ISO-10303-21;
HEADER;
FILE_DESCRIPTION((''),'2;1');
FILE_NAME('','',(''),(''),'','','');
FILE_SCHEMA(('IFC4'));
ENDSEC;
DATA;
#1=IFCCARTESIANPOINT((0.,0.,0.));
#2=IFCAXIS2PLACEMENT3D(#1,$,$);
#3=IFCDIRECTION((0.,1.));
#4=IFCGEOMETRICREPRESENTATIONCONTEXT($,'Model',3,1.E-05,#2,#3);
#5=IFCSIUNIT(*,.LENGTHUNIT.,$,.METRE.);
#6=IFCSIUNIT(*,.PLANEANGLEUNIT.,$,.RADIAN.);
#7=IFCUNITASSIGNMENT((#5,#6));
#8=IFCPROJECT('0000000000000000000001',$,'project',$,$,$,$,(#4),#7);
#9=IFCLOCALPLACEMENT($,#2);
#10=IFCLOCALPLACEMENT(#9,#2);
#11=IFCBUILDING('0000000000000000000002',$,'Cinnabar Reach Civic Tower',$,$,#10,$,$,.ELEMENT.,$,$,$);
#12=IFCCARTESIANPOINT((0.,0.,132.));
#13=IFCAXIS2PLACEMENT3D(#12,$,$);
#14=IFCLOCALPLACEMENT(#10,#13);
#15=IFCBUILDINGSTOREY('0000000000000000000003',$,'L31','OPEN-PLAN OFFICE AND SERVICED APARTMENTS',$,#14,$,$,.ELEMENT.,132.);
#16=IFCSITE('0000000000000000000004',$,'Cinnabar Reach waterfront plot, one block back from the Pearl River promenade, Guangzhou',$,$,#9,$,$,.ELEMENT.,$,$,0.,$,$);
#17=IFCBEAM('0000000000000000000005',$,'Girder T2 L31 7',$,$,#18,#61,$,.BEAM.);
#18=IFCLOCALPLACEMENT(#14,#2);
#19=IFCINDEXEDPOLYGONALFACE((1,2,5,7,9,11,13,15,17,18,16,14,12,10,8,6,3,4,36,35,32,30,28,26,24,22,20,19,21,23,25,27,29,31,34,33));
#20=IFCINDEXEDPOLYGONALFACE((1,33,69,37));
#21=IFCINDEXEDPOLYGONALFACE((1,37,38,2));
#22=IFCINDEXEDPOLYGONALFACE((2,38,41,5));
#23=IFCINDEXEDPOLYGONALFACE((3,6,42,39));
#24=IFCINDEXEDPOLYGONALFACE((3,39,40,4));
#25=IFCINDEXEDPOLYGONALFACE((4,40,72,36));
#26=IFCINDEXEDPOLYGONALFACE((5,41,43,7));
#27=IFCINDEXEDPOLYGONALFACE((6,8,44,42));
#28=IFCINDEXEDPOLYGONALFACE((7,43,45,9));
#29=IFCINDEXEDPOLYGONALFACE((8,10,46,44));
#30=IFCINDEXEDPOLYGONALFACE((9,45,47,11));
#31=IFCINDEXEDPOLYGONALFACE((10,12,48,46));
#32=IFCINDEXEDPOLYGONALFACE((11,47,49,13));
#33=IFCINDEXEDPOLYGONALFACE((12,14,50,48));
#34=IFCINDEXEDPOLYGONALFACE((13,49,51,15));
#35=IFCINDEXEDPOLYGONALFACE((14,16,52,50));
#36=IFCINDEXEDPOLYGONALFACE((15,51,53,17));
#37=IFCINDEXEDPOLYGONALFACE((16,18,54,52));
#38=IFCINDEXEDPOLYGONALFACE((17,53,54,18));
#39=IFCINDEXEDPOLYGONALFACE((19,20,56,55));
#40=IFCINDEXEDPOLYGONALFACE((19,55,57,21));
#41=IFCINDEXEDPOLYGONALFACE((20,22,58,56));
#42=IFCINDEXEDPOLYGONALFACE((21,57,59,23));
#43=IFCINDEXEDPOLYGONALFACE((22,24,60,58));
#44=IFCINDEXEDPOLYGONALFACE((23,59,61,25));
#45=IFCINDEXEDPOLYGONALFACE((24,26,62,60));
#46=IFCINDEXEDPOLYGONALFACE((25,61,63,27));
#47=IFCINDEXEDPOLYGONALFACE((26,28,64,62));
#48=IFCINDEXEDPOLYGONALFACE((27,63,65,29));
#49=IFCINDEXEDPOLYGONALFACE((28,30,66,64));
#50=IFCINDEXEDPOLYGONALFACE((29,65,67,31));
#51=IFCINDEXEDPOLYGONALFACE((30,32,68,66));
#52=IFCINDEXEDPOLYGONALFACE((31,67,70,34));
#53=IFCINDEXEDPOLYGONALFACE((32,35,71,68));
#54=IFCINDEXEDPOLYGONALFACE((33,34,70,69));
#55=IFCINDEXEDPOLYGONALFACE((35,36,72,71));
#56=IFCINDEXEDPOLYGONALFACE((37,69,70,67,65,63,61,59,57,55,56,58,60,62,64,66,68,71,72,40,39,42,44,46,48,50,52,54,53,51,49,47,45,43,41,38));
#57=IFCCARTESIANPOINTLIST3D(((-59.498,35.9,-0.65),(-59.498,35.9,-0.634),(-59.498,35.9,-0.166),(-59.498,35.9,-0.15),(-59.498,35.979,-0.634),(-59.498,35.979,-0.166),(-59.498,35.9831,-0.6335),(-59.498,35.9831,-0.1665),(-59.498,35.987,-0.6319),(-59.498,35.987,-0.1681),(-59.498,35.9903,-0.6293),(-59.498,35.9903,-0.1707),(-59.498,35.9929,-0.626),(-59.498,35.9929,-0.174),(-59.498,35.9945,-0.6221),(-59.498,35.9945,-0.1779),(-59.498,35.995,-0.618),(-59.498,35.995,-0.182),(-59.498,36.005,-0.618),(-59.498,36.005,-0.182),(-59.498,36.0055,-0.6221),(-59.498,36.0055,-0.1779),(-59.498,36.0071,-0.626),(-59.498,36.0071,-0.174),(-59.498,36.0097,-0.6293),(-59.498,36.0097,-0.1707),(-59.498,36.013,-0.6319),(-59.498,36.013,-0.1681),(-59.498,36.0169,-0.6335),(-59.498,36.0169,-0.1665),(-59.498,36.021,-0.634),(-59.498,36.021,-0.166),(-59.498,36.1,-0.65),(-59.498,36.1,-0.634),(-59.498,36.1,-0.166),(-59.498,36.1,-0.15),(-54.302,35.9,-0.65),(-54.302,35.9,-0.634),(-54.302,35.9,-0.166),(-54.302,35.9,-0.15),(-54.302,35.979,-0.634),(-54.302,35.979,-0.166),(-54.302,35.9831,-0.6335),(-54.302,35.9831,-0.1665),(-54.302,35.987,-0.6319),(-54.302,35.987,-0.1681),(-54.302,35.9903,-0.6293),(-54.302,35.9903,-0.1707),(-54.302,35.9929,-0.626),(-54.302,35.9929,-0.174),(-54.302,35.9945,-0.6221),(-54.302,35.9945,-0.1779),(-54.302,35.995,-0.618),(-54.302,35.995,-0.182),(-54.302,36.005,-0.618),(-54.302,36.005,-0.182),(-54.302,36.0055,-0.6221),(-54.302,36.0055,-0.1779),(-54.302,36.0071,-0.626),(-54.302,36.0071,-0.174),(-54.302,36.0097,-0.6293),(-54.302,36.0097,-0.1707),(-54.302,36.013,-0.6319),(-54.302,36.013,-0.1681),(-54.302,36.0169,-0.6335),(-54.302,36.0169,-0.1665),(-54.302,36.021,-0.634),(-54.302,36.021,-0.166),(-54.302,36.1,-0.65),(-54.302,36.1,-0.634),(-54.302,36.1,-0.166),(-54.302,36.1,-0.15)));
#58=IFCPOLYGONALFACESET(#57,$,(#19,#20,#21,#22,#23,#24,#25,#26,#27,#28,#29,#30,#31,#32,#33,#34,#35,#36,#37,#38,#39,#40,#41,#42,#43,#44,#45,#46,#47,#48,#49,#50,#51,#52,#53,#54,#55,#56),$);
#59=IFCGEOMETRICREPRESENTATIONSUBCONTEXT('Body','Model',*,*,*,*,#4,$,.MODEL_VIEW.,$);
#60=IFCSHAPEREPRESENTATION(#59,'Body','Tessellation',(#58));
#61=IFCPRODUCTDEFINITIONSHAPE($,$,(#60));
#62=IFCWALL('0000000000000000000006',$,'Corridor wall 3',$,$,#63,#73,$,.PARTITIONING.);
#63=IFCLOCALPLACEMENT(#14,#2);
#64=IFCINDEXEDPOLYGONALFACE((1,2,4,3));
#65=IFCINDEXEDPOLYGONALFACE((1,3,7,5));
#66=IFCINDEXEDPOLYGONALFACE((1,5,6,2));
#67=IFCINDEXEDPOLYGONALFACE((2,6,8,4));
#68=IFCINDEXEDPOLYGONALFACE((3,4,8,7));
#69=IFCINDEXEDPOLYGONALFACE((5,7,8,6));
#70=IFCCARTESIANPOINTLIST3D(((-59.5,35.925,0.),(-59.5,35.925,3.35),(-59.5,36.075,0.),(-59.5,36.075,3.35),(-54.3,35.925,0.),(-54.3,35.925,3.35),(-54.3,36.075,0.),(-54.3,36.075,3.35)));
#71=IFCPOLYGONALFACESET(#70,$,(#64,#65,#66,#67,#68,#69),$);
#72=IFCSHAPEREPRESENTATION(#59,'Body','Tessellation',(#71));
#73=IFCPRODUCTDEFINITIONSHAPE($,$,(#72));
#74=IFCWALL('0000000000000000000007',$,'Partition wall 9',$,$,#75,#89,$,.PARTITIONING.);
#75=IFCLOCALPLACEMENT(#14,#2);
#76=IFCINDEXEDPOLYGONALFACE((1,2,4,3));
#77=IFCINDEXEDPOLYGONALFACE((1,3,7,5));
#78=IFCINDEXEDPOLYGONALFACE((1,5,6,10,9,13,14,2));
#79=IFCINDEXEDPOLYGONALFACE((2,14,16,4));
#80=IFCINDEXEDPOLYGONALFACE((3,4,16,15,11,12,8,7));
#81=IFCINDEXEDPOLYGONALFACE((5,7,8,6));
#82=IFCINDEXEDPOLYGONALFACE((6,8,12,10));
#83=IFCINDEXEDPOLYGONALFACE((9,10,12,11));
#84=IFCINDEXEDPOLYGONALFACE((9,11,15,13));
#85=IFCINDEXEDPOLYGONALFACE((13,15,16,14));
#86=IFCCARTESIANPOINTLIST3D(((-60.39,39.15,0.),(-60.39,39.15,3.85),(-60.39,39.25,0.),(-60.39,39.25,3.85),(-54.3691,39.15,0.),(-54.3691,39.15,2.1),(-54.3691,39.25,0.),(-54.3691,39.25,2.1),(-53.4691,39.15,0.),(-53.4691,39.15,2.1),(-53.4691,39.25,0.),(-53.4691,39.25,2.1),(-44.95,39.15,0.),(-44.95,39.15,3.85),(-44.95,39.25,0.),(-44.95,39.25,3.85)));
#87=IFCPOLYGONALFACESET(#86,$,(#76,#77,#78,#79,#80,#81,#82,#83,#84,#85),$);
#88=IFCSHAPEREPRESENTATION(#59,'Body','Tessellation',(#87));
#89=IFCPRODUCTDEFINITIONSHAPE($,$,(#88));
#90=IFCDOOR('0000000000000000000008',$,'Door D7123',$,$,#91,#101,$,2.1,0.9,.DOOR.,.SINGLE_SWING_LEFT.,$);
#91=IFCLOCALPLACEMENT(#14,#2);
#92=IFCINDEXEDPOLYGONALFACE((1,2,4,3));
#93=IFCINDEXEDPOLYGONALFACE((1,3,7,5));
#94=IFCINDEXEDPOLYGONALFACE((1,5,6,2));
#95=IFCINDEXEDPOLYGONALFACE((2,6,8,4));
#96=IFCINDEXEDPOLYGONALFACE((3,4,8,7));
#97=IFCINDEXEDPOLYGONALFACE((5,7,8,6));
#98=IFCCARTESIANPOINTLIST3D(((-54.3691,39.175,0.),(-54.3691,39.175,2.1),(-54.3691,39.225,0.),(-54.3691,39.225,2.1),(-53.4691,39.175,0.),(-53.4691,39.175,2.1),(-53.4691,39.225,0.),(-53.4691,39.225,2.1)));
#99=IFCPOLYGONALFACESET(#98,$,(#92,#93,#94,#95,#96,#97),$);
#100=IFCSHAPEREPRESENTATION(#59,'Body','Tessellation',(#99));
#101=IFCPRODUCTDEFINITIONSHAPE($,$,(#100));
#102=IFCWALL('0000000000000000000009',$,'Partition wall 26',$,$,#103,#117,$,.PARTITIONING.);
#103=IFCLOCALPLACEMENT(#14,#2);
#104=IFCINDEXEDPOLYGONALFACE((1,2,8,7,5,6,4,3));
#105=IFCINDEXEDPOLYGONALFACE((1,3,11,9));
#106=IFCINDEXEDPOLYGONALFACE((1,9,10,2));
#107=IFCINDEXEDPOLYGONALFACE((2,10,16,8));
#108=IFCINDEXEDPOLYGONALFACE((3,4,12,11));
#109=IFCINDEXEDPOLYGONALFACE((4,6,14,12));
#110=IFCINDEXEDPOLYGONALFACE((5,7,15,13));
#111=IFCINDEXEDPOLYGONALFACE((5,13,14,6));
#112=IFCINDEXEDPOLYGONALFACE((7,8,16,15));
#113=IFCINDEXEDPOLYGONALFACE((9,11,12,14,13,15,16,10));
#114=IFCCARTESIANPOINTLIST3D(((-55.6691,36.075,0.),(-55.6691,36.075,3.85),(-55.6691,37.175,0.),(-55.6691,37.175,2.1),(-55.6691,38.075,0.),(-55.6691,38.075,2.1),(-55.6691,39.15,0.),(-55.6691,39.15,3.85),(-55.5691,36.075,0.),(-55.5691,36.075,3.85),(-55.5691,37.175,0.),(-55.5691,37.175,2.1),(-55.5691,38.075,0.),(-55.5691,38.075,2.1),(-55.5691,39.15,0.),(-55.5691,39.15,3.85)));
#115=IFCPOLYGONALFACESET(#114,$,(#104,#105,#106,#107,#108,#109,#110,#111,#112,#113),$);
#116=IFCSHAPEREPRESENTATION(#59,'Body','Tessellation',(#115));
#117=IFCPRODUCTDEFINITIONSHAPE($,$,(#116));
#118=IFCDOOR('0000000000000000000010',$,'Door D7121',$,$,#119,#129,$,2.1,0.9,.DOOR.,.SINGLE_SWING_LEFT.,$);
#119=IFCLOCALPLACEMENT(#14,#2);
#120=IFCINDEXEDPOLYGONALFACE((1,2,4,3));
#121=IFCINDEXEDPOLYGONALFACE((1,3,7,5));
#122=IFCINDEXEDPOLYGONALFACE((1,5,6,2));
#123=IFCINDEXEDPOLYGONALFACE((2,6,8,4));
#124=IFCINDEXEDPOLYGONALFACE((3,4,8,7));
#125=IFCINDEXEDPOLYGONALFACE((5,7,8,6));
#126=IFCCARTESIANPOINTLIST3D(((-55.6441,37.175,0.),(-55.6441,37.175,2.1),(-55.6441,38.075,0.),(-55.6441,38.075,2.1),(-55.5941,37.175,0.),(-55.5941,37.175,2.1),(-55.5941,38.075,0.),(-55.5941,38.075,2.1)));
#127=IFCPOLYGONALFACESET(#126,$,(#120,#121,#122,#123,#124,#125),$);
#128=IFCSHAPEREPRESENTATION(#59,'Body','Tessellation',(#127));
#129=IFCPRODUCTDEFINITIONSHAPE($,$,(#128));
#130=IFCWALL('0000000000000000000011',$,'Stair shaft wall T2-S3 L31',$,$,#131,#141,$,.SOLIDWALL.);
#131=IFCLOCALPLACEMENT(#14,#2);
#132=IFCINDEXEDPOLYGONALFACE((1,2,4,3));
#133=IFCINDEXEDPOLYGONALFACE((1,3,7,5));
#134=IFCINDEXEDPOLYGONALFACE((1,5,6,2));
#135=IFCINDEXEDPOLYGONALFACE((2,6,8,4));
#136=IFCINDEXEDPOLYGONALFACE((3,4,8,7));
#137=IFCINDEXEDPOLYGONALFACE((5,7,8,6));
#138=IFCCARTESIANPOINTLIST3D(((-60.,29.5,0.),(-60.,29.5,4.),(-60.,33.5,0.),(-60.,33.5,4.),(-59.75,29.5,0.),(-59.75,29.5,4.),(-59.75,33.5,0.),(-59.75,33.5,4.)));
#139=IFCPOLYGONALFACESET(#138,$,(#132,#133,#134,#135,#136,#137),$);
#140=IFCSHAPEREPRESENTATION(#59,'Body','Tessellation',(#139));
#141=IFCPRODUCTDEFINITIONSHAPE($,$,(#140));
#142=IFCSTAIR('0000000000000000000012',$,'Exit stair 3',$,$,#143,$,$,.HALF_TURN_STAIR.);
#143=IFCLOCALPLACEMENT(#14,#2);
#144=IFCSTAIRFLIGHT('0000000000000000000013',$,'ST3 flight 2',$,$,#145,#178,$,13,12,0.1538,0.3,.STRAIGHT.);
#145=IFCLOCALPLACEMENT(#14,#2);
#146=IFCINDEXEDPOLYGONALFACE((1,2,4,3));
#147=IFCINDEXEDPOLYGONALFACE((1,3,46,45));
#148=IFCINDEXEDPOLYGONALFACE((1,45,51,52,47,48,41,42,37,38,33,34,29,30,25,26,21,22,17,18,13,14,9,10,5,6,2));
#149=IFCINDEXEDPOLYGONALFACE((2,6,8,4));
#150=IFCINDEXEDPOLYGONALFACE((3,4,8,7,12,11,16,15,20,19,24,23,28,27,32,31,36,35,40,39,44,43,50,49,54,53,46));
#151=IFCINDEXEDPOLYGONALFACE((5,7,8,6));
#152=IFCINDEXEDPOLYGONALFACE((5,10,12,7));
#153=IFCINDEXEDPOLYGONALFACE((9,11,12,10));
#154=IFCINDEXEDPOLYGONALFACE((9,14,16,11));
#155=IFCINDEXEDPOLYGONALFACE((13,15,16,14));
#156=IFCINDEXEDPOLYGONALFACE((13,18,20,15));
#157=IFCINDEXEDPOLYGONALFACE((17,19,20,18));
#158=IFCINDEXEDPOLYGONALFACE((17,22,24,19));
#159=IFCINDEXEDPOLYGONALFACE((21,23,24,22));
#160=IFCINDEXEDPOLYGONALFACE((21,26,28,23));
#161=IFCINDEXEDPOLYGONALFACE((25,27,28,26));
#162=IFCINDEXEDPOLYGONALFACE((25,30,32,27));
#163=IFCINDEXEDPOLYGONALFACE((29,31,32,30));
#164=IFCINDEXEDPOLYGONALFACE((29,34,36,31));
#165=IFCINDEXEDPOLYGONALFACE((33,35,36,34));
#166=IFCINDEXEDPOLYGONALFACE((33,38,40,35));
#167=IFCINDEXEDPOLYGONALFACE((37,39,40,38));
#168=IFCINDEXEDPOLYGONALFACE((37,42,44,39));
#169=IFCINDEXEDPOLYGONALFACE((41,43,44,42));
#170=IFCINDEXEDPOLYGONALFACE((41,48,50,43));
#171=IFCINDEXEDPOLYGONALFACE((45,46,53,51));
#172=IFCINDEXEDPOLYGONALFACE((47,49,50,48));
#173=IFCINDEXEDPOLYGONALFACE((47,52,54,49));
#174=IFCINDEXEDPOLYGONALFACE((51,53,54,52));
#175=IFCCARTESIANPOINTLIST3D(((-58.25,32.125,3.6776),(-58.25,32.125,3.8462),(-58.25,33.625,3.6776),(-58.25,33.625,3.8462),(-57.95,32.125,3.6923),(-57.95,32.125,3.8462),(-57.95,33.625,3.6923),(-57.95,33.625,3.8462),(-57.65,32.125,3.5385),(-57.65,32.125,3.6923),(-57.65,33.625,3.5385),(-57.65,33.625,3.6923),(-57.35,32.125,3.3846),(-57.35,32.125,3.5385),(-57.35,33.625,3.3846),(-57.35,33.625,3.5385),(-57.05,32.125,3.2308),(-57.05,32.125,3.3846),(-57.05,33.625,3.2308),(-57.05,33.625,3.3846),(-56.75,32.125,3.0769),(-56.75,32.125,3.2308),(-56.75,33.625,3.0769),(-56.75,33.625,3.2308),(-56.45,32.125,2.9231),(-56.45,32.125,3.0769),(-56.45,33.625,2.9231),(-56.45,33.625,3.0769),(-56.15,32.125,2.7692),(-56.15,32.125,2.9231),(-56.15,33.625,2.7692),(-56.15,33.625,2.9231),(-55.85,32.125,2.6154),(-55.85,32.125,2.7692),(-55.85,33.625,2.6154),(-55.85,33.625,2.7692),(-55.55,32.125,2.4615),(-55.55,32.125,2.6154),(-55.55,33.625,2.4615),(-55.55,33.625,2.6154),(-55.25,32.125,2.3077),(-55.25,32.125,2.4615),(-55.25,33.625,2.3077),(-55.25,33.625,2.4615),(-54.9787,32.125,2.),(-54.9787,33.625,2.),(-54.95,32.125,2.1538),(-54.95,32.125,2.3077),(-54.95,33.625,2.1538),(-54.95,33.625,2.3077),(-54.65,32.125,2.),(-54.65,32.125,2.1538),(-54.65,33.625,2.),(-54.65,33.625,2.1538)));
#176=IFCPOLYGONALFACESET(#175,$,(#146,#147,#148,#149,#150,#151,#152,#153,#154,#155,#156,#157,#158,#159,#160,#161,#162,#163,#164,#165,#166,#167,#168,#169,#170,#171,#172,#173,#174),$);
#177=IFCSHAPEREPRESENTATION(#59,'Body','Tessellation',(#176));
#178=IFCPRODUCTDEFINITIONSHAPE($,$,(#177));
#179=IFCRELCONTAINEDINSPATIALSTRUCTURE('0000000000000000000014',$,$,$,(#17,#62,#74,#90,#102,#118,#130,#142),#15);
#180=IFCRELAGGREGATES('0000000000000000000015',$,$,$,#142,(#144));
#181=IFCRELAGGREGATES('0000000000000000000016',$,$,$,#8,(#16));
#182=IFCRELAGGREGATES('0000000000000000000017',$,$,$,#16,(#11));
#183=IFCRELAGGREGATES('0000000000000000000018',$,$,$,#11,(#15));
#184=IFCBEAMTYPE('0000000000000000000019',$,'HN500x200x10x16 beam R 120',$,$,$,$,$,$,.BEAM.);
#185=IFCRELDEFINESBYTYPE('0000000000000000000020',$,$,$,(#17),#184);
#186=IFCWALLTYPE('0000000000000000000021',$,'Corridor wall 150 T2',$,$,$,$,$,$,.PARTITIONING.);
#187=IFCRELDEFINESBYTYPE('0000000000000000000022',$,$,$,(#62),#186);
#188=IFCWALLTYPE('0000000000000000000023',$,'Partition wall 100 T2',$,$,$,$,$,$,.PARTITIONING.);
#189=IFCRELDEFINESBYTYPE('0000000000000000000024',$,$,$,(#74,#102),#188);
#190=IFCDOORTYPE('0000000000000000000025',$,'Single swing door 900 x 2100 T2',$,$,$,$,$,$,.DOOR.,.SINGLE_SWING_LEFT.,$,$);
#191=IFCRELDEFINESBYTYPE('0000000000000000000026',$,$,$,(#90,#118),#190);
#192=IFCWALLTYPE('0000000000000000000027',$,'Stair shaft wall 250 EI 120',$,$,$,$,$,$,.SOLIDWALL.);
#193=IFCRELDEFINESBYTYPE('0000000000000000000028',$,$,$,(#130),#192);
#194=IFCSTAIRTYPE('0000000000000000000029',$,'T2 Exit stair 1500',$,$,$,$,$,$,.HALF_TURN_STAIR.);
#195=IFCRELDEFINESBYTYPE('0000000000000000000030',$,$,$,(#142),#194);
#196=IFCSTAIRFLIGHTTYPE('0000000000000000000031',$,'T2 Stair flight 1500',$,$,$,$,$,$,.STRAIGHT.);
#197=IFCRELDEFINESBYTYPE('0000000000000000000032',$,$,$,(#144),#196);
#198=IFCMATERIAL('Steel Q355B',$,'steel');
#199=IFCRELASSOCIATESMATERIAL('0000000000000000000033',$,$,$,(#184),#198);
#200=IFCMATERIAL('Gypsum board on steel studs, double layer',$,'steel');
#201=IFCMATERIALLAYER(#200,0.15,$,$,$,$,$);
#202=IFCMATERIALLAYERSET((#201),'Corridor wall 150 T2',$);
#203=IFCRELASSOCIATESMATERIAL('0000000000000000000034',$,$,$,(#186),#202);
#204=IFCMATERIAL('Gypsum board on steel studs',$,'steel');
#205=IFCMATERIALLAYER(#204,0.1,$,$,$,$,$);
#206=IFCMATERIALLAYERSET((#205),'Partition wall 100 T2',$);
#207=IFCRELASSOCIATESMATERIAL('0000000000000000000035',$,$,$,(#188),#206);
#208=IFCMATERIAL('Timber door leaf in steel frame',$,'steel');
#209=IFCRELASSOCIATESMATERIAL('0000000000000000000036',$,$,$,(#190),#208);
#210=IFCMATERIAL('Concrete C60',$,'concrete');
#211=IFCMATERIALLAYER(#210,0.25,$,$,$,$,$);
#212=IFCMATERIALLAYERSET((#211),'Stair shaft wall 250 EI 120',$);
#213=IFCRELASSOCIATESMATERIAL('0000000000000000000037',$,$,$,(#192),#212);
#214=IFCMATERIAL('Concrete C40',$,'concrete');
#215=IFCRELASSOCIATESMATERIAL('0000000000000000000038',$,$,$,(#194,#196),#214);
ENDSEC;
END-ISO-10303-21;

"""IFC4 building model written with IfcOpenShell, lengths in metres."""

from ifc_helpers import new_model, si_unit, direction, frame, frame_2d, origin, origin_2d, place, context, subcontext, project, spatial, polyline, rectangle, i_section, outline, extrude, material, layer, layer_set, material_profile, profile_set, type_object, element, fill, aggregate, save


model = new_model("IFC4")

# Units and contexts
model_context = context("Model", 3, precision=1e-05, world=origin(), true_north=direction((0.0, 1.0)))
body_context = subcontext(model_context, "Body", "Model", "MODEL_VIEW")
ifc_project = project(units=[si_unit("LENGTHUNIT", "METRE"), si_unit("PLANEANGLEUNIT", "RADIAN")], contexts=[model_context])

# Site, building, storey
site_placement = place(None, origin())
site = spatial("IfcSite", under=ifc_project, at=site_placement, Name="Cinnabar Reach waterfront plot, one block back from the Pearl River promenade, Guangzhou", CompositionType="ELEMENT", RefElevation=0.0)
building_placement = place(site_placement, origin())
building = spatial("IfcBuilding", under=site, at=building_placement, Name="Cinnabar Reach Civic Tower", CompositionType="ELEMENT")
storey_placement = place(building_placement, frame((0.0, 0.0, 132.0)))
storey = spatial("IfcBuildingStorey", under=building, at=storey_placement, Name="L31", Description="OPEN-PLAN OFFICE AND SERVICED APARTMENTS", CompositionType="ELEMENT", Elevation=132.0)

# Shared definitions
ifc_material_1 = material(Name="Concrete C60", Category="concrete")

# Beam
ifc_material_2 = material(Name="Steel Q355B", Category="steel")
ifc_material_profile_1 = material_profile(ifc_material_2, i_section(OverallWidth=0.2, OverallDepth=0.5, WebThickness=0.01, FlangeThickness=0.016, FilletRadius=0.016, at=origin_2d()), Name="HN500x200x10x16")
ifc_profile_set_1 = profile_set([ifc_material_profile_1], Name="Steel Q355B")
beam_type_1 = type_object("IfcBeamType", Name="HN500x200x10x16 beam R 120", PredefinedType="BEAM", material=ifc_profile_set_1)
beam_1_placement = place(storey_placement, frame((-59.498, 36.0, -0.4), z_axis=(1.0, 0.0, 0.0), x_axis=(0.0, 1.0, 0.0)))
element("IfcBeam", 1, at=beam_1_placement, inside=storey, type_object=beam_type_1, Name="Girder T2 L31 7", PredefinedType="BEAM", context=body_context, shape_type="SweptSolid", body=[
    extrude(i_section(OverallWidth=0.2, OverallDepth=0.5, WebThickness=0.01, FlangeThickness=0.016, FilletRadius=0.016, at=origin_2d()), origin(), (0.0, 0.0, 1.0), 5.196),
])

# Wall
ifc_material_3 = material(Name="Gypsum board on steel studs, double layer", Category="steel")
ifc_layer_1 = layer(ifc_material_3, 0.15)
ifc_layer_set_1 = layer_set([ifc_layer_1], Name="Corridor wall 150 T2")
wall_type_1 = type_object("IfcWallType", Name="Corridor wall 150 T2", PredefinedType="PARTITIONING", material=ifc_layer_set_1)
wall_1_placement = place(storey_placement, frame((-59.5, 36.0, 0.0), z_axis=(0.0, 0.0, 1.0), x_axis=(1.0, 0.0, 0.0)))
element("IfcWall", 2, at=wall_1_placement, inside=storey, type_object=wall_type_1, Name="Corridor wall 3", PredefinedType="PARTITIONING", context=body_context, shape_type="SweptSolid", body=[
    extrude(rectangle(XDim=5.2, YDim=0.15, at=frame_2d((2.6, 0.0))), origin(), (0.0, 0.0, 1.0), 3.35),
])

# Walls, openings, doors
ifc_material_4 = material(Name="Gypsum board on steel studs", Category="steel")
ifc_layer_2 = layer(ifc_material_4, 0.1)
ifc_layer_set_2 = layer_set([ifc_layer_2], Name="Partition wall 100 T2")
wall_type_2 = type_object("IfcWallType", Name="Partition wall 100 T2", PredefinedType="PARTITIONING", material=ifc_layer_set_2)
wall_2_placement = place(storey_placement, frame((-60.39, 39.2, 0.0), z_axis=(0.0, 0.0, 1.0), x_axis=(1.0, 0.0, 0.0)))
wall_2 = element("IfcWall", 3, at=wall_2_placement, inside=storey, type_object=wall_type_2, Name="Partition wall 9", PredefinedType="PARTITIONING", context=body_context, shape_type="SweptSolid", body=[
    extrude(rectangle(XDim=15.44, YDim=0.1, at=frame_2d((7.72, 0.0))), origin(), (0.0, 0.0, 1.0), 3.85),
])
opening_1_placement = place(wall_2_placement, frame((6.0209, 0.0, 0.0)))
opening_1 = element("IfcOpeningElement", 4, at=opening_1_placement, cuts=wall_2, PredefinedType="OPENING", context=body_context, shape_type="SweptSolid", body=[
    extrude(rectangle(XDim=0.9, YDim=2.1, at=frame_2d((0.45, 1.05))), frame((0.0, 0.06, 0.0), z_axis=(0.0, -1.0, 0.0), x_axis=(1.0, 0.0, 0.0)), (0.0, 0.0, 1.0), 0.12),
])
ifc_material_5 = material(Name="Timber door leaf in steel frame", Category="steel")
door_type = type_object("IfcDoorType", Name="Single swing door 900 x 2100 T2", OperationType="SINGLE_SWING_LEFT", PredefinedType="DOOR", material=ifc_material_5)
door_1_placement = place(opening_1_placement, frame((0.9, 0.0, 0.0), z_axis=(0.0, 0.0, 1.0), x_axis=(-1.0, 0.0, 0.0)))
door_1 = element("IfcDoor", 5, at=door_1_placement, inside=storey, type_object=door_type, Name="Door D7123", OperationType="SINGLE_SWING_LEFT", OverallHeight=2.1, OverallWidth=0.9, PredefinedType="DOOR", context=body_context, shape_type="SweptSolid", body=[
    extrude(rectangle(XDim=0.9, YDim=2.1, at=frame_2d((0.45, 1.05))), frame((0.0, 0.025, 0.0), z_axis=(0.0, -1.0, 0.0), x_axis=(1.0, 0.0, 0.0)), (0.0, 0.0, 1.0), 0.05),
])
fill(opening_1, door_1)
wall_3_placement = place(storey_placement, frame((-55.6191, 36.075, 0.0), z_axis=(0.0, 0.0, 1.0), x_axis=(0.0, 1.0, 0.0)))
wall_3 = element("IfcWall", 6, at=wall_3_placement, inside=storey, type_object=wall_type_2, Name="Partition wall 26", PredefinedType="PARTITIONING", context=body_context, shape_type="SweptSolid", body=[
    extrude(rectangle(XDim=3.075, YDim=0.1, at=frame_2d((1.5375, 0.0))), origin(), (0.0, 0.0, 1.0), 3.85),
])
opening_2_placement = place(wall_3_placement, frame((1.1, 0.0, 0.0)))
opening_2 = element("IfcOpeningElement", 7, at=opening_2_placement, cuts=wall_3, PredefinedType="OPENING", context=body_context, shape_type="SweptSolid", body=[
    extrude(rectangle(XDim=0.9, YDim=2.1, at=frame_2d((0.45, 1.05))), frame((0.0, 0.06, 0.0), z_axis=(0.0, -1.0, 0.0), x_axis=(1.0, 0.0, 0.0)), (0.0, 0.0, 1.0), 0.12),
])
door_2_placement = place(opening_2_placement, origin())
door_2 = element("IfcDoor", 8, at=door_2_placement, inside=storey, type_object=door_type, Name="Door D7121", OperationType="SINGLE_SWING_LEFT", OverallHeight=2.1, OverallWidth=0.9, PredefinedType="DOOR", context=body_context, shape_type="SweptSolid", body=[
    extrude(rectangle(XDim=0.9, YDim=2.1, at=frame_2d((0.45, 1.05))), frame((0.0, 0.025, 0.0), z_axis=(0.0, -1.0, 0.0), x_axis=(1.0, 0.0, 0.0)), (0.0, 0.0, 1.0), 0.05),
])
fill(opening_2, door_2)

# Wall
ifc_layer_3 = layer(ifc_material_1, 0.25)
ifc_layer_set_3 = layer_set([ifc_layer_3], Name="Stair shaft wall 250 EI 120")
wall_type_3 = type_object("IfcWallType", Name="Stair shaft wall 250 EI 120", PredefinedType="SOLIDWALL", material=ifc_layer_set_3)
wall_4_placement = place(storey_placement, frame((-59.875, 33.5, 0.0), z_axis=(0.0, 0.0, 1.0), x_axis=(0.0, -1.0, 0.0)))
element("IfcWall", 9, at=wall_4_placement, inside=storey, type_object=wall_type_3, Name="Stair shaft wall T2-S3 L31", PredefinedType="SOLIDWALL", context=body_context, shape_type="SweptSolid", body=[
    extrude(rectangle(XDim=4.0, YDim=0.25, at=frame_2d((2.0, 0.0))), origin(), (0.0, 0.0, 1.0), 4.0),
])

# Stair, stair flight
ifc_material_6 = material(Name="Concrete C40", Category="concrete")
stair_type = type_object("IfcStairType", Name="T2 Exit stair 1500", PredefinedType="HALF_TURN_STAIR", material=ifc_material_6)
stair_placement = place(storey_placement, origin())
stair = element("IfcStair", 10, at=stair_placement, inside=storey, type_object=stair_type, Name="Exit stair 3", PredefinedType="HALF_TURN_STAIR")
stair_flight_type = type_object("IfcStairFlightType", Name="T2 Stair flight 1500", PredefinedType="STRAIGHT", material=ifc_material_6)
stair_flight_placement = place(storey_placement, frame((-54.65, 32.875, 2.0), z_axis=(0.0, 0.0, 1.0), x_axis=(-1.0, 0.0, 0.0)))
stair_flight = element("IfcStairFlight", 11, at=stair_flight_placement, type_object=stair_flight_type, Name="ST3 flight 2", NumberOfRisers=13, NumberOfTreads=12, PredefinedType="STRAIGHT", RiserHeight=0.1538, TreadLength=0.3, context=body_context, shape_type="SweptSolid", body=[
    extrude(outline(polyline([(0.0, 0.0), (0.0, 0.1538), (0.3, 0.1538), (0.3, 0.3077), (0.6, 0.3077), (0.6, 0.4615), (0.9, 0.4615), (0.9, 0.6154), (1.2, 0.6154), (1.2, 0.7692), (1.5, 0.7692), (1.5, 0.9231), (1.8, 0.9231), (1.8, 1.0769), (2.1, 1.0769), (2.1, 1.2308), (2.4, 1.2308), (2.4, 1.3846), (2.7, 1.3846), (2.7, 1.5385), (3.0, 1.5385), (3.0, 1.6923), (3.3, 1.6923), (3.3, 1.8462), (3.6, 1.8462), (3.6, 2.0), (3.6, 1.6776), (0.3287, 0.0), (0.0, 0.0)])), frame((0.0, 0.75, 0.0), z_axis=(0.0, -1.0, 0.0), x_axis=(1.0, 0.0, 0.0)), (0.0, 0.0, 1.0), 1.5),
])
aggregate(stair, [stair_flight])

save(model, "model.ifc")
